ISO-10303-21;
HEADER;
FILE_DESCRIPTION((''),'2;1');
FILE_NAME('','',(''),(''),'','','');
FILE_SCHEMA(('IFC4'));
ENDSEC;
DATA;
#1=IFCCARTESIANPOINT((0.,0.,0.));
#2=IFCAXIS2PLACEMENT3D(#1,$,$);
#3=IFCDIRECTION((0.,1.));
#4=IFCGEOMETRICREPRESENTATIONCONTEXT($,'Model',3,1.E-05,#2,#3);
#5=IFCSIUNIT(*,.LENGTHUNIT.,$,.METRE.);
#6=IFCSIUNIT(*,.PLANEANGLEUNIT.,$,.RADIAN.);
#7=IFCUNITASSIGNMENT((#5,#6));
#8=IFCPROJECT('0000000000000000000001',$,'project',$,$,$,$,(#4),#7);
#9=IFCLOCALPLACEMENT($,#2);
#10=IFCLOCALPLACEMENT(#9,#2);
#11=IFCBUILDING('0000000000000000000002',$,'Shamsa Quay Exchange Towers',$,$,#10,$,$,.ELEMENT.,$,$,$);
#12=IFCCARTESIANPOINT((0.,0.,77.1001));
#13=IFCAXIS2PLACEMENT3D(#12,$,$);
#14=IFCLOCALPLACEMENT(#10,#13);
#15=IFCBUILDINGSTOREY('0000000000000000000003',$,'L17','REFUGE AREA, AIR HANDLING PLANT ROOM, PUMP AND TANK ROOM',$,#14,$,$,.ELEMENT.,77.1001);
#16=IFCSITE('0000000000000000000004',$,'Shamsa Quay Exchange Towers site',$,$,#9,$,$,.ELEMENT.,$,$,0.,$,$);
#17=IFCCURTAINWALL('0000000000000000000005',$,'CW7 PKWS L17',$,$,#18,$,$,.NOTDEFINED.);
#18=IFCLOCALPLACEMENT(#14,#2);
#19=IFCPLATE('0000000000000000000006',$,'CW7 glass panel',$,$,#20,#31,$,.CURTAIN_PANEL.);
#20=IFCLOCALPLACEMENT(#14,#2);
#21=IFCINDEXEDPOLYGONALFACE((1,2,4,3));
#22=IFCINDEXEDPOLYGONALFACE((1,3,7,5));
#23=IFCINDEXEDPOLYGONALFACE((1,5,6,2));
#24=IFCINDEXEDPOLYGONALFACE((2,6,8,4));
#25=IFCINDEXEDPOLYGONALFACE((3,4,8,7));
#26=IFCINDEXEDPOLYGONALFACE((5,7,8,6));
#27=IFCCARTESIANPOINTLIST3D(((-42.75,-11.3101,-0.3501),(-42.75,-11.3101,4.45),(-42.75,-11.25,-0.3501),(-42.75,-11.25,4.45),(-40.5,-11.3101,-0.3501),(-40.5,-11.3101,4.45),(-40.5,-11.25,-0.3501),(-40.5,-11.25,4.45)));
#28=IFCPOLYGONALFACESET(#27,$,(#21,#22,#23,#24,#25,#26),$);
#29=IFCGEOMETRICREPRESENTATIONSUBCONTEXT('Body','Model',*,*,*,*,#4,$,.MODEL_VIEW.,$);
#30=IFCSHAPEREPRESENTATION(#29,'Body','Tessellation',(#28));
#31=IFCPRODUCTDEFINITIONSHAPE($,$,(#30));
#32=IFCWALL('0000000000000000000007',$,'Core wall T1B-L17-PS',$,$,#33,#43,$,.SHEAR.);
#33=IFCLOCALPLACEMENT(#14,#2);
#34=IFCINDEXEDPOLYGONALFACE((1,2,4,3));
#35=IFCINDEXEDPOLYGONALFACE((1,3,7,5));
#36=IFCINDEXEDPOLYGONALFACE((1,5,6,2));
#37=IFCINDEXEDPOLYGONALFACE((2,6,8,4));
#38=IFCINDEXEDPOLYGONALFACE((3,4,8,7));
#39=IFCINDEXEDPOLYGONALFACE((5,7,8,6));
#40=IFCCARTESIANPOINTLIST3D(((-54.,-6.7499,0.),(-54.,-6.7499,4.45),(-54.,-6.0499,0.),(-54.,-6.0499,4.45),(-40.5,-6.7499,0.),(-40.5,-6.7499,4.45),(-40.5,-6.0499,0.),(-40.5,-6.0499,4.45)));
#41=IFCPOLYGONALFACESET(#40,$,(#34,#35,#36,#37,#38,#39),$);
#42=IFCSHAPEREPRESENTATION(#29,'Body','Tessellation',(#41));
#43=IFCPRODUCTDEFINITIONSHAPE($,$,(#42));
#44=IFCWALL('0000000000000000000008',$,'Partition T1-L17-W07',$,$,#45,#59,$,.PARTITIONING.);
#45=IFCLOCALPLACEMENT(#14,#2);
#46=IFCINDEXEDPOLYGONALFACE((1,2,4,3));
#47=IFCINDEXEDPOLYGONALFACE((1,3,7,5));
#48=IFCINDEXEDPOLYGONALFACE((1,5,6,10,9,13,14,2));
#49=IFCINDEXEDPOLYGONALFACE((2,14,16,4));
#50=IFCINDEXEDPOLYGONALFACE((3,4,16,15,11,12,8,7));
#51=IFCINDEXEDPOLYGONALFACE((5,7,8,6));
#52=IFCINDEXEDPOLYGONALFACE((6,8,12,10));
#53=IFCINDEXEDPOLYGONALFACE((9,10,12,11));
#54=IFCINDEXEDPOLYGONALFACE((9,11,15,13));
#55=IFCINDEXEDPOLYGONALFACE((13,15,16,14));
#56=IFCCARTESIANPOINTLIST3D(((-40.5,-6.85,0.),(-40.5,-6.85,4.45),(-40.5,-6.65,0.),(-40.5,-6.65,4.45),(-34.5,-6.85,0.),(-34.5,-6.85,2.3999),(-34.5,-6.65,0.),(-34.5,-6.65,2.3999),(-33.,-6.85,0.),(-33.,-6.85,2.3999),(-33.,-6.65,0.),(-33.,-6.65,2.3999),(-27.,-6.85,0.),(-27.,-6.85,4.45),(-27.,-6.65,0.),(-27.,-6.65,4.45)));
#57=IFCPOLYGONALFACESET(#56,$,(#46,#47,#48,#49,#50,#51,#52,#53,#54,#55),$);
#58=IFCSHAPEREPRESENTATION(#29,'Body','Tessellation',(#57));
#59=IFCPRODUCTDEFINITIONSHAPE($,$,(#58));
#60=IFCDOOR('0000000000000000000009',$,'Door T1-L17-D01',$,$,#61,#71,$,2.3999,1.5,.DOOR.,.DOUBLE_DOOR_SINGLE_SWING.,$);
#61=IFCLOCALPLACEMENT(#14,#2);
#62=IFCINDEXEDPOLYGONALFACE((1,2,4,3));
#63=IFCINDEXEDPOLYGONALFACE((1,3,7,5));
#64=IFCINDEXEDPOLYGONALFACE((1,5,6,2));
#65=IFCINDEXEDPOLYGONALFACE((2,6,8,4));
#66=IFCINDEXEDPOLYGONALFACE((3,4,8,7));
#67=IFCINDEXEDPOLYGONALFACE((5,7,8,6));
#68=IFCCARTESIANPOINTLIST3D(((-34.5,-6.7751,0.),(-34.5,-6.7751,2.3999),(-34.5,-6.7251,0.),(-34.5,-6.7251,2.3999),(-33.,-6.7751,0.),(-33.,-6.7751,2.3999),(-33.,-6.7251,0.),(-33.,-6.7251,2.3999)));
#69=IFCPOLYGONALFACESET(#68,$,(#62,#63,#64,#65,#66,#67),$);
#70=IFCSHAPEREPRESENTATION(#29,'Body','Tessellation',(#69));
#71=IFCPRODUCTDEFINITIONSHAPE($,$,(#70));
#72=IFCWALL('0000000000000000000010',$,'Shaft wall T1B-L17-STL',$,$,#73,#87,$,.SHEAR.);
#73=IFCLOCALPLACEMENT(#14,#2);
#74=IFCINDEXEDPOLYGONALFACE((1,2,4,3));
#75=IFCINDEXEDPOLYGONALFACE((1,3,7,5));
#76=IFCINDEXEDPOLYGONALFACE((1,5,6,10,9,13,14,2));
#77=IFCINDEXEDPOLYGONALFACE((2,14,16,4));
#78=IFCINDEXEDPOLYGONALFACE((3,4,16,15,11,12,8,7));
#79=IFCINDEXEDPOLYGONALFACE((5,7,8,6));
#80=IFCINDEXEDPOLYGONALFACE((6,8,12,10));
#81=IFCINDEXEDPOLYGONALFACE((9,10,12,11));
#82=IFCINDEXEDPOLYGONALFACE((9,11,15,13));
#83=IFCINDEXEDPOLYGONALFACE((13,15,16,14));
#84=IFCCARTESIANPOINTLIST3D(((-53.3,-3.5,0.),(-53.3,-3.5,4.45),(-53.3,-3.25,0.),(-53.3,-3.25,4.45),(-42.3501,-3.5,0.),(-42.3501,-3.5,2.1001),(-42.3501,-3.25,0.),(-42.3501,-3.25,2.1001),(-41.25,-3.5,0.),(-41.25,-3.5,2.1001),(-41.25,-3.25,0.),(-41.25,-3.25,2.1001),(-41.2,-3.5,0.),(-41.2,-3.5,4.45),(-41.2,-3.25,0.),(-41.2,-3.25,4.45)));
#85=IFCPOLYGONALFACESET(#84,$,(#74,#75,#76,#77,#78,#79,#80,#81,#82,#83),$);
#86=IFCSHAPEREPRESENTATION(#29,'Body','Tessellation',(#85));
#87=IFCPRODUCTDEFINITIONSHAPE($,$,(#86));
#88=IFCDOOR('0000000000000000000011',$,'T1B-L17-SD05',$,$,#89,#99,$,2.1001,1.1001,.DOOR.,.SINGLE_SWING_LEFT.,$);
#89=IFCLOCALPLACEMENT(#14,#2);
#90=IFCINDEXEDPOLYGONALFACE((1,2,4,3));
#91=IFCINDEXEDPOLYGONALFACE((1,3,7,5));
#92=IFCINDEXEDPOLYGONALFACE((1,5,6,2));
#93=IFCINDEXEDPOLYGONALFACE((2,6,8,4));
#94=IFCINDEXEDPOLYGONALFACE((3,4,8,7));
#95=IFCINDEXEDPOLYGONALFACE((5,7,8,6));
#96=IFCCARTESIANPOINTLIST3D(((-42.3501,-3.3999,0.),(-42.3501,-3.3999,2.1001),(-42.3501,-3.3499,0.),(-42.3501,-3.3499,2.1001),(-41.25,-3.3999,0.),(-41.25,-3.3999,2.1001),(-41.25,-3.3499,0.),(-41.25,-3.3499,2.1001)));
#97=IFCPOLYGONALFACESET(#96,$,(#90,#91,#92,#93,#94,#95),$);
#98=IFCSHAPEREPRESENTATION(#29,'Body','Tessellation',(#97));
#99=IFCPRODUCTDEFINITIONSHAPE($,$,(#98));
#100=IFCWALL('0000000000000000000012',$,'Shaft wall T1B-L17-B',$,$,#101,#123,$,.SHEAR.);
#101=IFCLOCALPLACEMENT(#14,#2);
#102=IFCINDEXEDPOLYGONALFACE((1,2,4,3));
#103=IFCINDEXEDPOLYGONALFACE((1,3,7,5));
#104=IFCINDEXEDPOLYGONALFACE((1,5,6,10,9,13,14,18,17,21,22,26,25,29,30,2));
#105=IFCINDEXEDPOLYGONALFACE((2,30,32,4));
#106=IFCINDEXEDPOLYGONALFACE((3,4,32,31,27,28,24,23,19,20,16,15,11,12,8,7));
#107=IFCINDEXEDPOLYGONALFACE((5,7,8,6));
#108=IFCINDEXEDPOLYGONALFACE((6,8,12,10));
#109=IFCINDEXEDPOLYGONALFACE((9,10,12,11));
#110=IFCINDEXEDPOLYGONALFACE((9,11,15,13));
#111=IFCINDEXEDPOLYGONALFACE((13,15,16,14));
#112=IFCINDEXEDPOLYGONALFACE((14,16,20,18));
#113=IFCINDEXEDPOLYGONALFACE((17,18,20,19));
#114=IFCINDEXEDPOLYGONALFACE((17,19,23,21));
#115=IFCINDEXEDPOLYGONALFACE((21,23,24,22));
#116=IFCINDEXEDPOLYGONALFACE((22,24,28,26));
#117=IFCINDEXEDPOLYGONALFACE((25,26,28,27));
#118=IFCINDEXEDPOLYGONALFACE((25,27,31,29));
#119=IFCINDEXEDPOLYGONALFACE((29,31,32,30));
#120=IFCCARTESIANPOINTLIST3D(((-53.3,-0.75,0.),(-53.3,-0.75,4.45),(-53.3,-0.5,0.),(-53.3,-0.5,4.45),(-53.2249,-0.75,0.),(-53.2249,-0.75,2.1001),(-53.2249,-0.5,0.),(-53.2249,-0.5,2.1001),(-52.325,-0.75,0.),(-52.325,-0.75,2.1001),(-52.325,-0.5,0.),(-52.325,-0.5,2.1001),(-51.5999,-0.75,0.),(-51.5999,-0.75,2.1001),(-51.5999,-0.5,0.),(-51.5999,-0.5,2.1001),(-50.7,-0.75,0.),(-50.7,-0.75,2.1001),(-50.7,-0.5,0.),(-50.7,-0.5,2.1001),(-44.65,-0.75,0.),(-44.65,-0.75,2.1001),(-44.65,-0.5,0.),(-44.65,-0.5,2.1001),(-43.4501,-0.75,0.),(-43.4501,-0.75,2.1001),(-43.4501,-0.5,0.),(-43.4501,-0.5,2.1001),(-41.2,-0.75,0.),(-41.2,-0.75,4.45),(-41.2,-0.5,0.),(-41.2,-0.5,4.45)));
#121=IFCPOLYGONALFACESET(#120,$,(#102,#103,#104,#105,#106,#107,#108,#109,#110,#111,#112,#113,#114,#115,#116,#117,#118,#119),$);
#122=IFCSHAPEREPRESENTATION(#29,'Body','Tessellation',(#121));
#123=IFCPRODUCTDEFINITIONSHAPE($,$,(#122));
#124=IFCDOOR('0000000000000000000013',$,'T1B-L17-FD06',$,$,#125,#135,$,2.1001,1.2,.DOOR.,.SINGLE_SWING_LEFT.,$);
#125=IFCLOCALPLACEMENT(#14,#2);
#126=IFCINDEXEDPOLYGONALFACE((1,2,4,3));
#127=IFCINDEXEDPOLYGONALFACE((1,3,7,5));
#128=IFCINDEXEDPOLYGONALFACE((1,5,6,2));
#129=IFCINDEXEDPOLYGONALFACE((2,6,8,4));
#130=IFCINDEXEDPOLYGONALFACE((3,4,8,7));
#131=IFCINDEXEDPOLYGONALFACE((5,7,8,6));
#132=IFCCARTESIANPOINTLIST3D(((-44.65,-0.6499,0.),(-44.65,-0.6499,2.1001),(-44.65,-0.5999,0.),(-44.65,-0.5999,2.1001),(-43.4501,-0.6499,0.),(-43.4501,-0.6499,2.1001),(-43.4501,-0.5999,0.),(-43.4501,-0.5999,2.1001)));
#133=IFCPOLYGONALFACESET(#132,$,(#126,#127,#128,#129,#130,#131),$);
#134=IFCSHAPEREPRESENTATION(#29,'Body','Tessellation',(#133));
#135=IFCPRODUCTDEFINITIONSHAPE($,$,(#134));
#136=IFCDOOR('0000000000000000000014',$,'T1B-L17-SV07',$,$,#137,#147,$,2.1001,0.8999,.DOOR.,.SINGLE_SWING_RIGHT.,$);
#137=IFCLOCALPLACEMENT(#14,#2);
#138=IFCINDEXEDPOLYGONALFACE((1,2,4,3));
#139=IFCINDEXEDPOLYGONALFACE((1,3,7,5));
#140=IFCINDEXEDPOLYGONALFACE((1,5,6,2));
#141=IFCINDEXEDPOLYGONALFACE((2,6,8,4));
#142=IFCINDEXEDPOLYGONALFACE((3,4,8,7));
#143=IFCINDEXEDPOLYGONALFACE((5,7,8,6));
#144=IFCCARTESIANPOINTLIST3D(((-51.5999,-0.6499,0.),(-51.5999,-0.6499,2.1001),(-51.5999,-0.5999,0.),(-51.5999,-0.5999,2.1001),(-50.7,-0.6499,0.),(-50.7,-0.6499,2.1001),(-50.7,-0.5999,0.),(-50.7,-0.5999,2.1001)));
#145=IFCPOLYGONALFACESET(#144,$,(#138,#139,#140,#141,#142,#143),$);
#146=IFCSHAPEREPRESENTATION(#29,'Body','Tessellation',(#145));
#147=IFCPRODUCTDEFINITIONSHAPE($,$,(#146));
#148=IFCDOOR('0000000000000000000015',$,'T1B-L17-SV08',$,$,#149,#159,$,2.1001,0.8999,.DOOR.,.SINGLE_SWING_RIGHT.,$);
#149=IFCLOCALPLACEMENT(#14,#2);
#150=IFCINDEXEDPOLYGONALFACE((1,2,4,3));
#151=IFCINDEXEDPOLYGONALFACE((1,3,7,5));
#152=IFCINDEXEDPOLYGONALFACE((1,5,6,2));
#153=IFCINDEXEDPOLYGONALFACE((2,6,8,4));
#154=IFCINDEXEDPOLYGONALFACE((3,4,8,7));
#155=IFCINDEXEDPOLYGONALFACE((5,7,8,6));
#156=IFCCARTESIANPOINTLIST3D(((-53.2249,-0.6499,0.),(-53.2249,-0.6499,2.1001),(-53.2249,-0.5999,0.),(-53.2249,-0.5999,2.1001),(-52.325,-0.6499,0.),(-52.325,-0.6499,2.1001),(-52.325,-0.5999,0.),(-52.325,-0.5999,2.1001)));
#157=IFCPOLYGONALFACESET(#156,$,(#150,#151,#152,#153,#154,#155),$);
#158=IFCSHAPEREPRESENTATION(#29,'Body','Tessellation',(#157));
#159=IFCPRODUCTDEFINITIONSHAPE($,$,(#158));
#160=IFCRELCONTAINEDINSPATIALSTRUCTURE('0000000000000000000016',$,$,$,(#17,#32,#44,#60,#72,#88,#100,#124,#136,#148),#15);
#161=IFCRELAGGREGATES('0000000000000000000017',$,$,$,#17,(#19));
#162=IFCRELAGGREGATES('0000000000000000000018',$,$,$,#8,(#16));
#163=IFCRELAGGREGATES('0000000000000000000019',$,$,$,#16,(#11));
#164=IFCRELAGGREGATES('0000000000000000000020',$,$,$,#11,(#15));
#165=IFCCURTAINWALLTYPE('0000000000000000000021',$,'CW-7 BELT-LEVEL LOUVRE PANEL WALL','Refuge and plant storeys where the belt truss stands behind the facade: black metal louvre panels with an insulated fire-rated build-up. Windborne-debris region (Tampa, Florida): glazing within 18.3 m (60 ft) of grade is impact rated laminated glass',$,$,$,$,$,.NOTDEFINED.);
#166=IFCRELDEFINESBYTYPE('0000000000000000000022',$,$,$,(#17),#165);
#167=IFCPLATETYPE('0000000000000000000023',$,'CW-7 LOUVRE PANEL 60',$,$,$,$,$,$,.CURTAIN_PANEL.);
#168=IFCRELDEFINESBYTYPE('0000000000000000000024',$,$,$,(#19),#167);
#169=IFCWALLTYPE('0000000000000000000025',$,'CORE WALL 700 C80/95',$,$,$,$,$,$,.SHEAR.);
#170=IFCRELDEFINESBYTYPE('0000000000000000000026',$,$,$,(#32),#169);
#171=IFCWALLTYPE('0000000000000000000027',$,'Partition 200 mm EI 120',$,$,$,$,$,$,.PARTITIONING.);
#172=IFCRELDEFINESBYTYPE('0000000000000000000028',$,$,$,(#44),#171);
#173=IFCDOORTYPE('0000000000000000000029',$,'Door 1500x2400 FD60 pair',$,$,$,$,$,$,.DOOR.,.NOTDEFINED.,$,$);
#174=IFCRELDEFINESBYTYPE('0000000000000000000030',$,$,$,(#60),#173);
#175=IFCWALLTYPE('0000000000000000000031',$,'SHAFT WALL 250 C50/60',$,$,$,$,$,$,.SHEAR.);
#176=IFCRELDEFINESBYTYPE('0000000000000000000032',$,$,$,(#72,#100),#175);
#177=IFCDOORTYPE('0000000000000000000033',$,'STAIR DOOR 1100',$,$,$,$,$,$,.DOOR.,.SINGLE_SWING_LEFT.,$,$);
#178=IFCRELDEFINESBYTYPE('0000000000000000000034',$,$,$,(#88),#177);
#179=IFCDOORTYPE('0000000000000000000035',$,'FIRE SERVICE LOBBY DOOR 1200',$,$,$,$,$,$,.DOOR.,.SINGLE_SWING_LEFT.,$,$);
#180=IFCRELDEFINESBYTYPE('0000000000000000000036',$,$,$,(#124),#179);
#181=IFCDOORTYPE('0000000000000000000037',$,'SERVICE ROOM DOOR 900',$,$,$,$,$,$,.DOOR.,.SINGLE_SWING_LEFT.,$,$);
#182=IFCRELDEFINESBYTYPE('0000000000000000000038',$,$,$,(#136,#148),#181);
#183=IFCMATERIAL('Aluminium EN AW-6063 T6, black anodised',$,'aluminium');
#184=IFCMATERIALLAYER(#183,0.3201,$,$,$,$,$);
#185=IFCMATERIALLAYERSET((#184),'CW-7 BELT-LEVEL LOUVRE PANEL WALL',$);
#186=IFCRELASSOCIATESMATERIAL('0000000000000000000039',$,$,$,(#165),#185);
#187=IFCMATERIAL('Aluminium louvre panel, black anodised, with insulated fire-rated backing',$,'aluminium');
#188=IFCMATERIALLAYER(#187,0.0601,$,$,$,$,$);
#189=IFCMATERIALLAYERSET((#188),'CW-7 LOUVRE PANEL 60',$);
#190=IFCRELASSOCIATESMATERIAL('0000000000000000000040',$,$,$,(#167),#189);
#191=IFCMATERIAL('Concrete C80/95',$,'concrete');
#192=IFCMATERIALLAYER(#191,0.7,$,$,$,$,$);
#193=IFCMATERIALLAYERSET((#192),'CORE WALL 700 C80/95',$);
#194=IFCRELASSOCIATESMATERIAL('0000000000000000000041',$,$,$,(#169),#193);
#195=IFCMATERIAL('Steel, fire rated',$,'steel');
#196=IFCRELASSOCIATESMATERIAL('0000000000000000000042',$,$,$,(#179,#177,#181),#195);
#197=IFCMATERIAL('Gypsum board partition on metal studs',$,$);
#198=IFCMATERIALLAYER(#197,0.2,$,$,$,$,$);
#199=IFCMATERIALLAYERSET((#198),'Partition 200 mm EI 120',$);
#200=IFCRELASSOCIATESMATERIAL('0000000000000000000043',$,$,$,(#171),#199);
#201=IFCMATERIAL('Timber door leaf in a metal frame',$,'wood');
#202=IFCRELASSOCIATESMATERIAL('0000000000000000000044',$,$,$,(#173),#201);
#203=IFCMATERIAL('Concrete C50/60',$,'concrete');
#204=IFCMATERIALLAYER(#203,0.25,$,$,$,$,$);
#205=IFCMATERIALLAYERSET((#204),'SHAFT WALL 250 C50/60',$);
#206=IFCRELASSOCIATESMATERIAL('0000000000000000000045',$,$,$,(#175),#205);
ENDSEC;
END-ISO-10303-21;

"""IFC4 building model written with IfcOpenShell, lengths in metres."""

from ifc_helpers import new_model, si_unit, direction, frame, frame_2d, origin, origin_2d, place, context, subcontext, project, spatial, rectangle, extrude, material, layer, layer_set, type_object, element, fill, aggregate, save


model = new_model("IFC4")

# Units and contexts
model_context = context("Model", 3, precision=1e-05, world=origin(), true_north=direction((0.0, 1.0)))
body_context = subcontext(model_context, "Body", "Model", "MODEL_VIEW")
ifc_project = project(units=[si_unit("LENGTHUNIT", "METRE"), si_unit("PLANEANGLEUNIT", "RADIAN")], contexts=[model_context])

# Site, building, storey
site_placement = place(None, origin())
site = spatial("IfcSite", under=ifc_project, at=site_placement, Name="Shamsa Quay Exchange Towers site", CompositionType="ELEMENT", RefElevation=0.0)
building_placement = place(site_placement, origin())
building = spatial("IfcBuilding", under=site, at=building_placement, Name="Shamsa Quay Exchange Towers", CompositionType="ELEMENT")
storey_placement = place(building_placement, frame((0.0, 0.0, 77.1001)))
storey = spatial("IfcBuildingStorey", under=building, at=storey_placement, Name="L17", Description="REFUGE AREA, AIR HANDLING PLANT ROOM, PUMP AND TANK ROOM", CompositionType="ELEMENT", Elevation=77.1001)

# Shared definitions
ifc_material_1 = material(Name="Aluminium EN AW-6063 T6, black anodised", Category="aluminium")
ifc_layer_1 = layer(ifc_material_1, 0.3201)
ifc_layer_set_1 = layer_set([ifc_layer_1], Name="CW-7 BELT-LEVEL LOUVRE PANEL WALL")
curtain_wall_type = type_object("IfcCurtainWallType", Name="CW-7 BELT-LEVEL LOUVRE PANEL WALL", Description="Refuge and plant storeys where the belt truss stands behind the facade: black metal louvre panels with an insulated fire-rated build-up. Windborne-debris region (Tampa, Florida): glazing within 18.3 m (60 ft) of grade is impact rated laminated glass", PredefinedType="NOTDEFINED", material=ifc_layer_set_1)
ifc_material_2 = material(Name="Aluminium louvre panel, black anodised, with insulated fire-rated backing", Category="aluminium")
ifc_layer_2 = layer(ifc_material_2, 0.0601)
ifc_layer_set_2 = layer_set([ifc_layer_2], Name="CW-7 LOUVRE PANEL 60")
plate_type = type_object("IfcPlateType", Name="CW-7 LOUVRE PANEL 60", PredefinedType="CURTAIN_PANEL", material=ifc_layer_set_2)

# Curtain wall, plate
curtain_wall_1_placement = place(storey_placement, origin())
curtain_wall_1 = element("IfcCurtainWall", 1, at=curtain_wall_1_placement, inside=storey, type_object=curtain_wall_type, Name="CW7 PKWS L17", PredefinedType="NOTDEFINED")
plate_1_placement = place(storey_placement, frame((-41.625, -11.28, -0.3501)))
plate_1 = element("IfcPlate", 2, at=plate_1_placement, type_object=plate_type, Name="CW7 glass panel", PredefinedType="CURTAIN_PANEL", context=body_context, shape_type="SweptSolid", body=[
    extrude(rectangle(XDim=2.25, YDim=0.0601, at=origin_2d()), origin(), (0.0, 0.0, 1.0), 4.8),
])
aggregate(curtain_wall_1, [plate_1])

# Wall
ifc_material_3 = material(Name="Concrete C80/95", Category="concrete")
ifc_layer_3 = layer(ifc_material_3, 0.7)
ifc_layer_set_3 = layer_set([ifc_layer_3], Name="CORE WALL 700 C80/95")
wall_type_1 = type_object("IfcWallType", Name="CORE WALL 700 C80/95", PredefinedType="SHEAR", material=ifc_layer_set_3)
wall_1_placement = place(storey_placement, frame((-40.5, -6.3999, 0.0), z_axis=(0.0, 0.0, 1.0), x_axis=(-1.0, 0.0, 0.0)))
element("IfcWall", 3, at=wall_1_placement, inside=storey, type_object=wall_type_1, Name="Core wall T1B-L17-PS", PredefinedType="SHEAR", context=body_context, shape_type="SweptSolid", body=[
    extrude(rectangle(XDim=13.5, YDim=0.7, at=frame_2d((6.75, 0.0))), origin(), (0.0, 0.0, 1.0), 4.45),
])

# Shared definitions
ifc_material_4 = material(Name="Steel, fire rated", Category="steel")
door_type_1 = type_object("IfcDoorType", Name="FIRE SERVICE LOBBY DOOR 1200", OperationType="SINGLE_SWING_LEFT", PredefinedType="DOOR", material=ifc_material_4)

# Walls, openings, doors
ifc_material_5 = material(Name="Gypsum board partition on metal studs")
ifc_layer_4 = layer(ifc_material_5, 0.2)
ifc_layer_set_4 = layer_set([ifc_layer_4], Name="Partition 200 mm EI 120")
wall_type_2 = type_object("IfcWallType", Name="Partition 200 mm EI 120", PredefinedType="PARTITIONING", material=ifc_layer_set_4)
wall_2_placement = place(storey_placement, frame((-40.5, -6.75, 0.0)))
wall_2 = element("IfcWall", 4, at=wall_2_placement, inside=storey, type_object=wall_type_2, Name="Partition T1-L17-W07", PredefinedType="PARTITIONING", context=body_context, shape_type="SweptSolid", body=[
    extrude(rectangle(XDim=13.5, YDim=0.2, at=frame_2d((6.75, 0.0))), origin(), (0.0, 0.0, 1.0), 4.45),
])
opening_1_placement = place(wall_2_placement, frame((6.0, 0.0, 0.0)))
opening_1 = element("IfcOpeningElement", 5, at=opening_1_placement, cuts=wall_2, PredefinedType="OPENING", context=body_context, shape_type="SweptSolid", body=[
    extrude(rectangle(XDim=1.5, YDim=2.3999, at=frame_2d((0.75, 1.2))), frame((0.0, 0.1099, 0.0), z_axis=(0.0, -1.0, 0.0), x_axis=(1.0, 0.0, 0.0)), (0.0, 0.0, 1.0), 0.22),
])
ifc_material_6 = material(Name="Timber door leaf in a metal frame", Category="wood")
door_type_2 = type_object("IfcDoorType", Name="Door 1500x2400 FD60 pair", OperationType="NOTDEFINED", PredefinedType="DOOR", material=ifc_material_6)
door_1_placement = place(opening_1_placement, origin())
door_1 = element("IfcDoor", 6, at=door_1_placement, inside=storey, type_object=door_type_2, Name="Door T1-L17-D01", OperationType="DOUBLE_DOOR_SINGLE_SWING", OverallHeight=2.3999, OverallWidth=1.5, PredefinedType="DOOR", context=body_context, shape_type="SweptSolid", body=[
    extrude(rectangle(XDim=1.5, YDim=2.3999, at=frame_2d((0.75, 1.2))), frame((0.0, 0.0249, 0.0), z_axis=(0.0, -1.0, 0.0), x_axis=(1.0, 0.0, 0.0)), (0.0, 0.0, 1.0), 0.05),
])
fill(opening_1, door_1)
ifc_material_7 = material(Name="Concrete C50/60", Category="concrete")
ifc_layer_5 = layer(ifc_material_7, 0.25)
ifc_layer_set_5 = layer_set([ifc_layer_5], Name="SHAFT WALL 250 C50/60")
wall_type_3 = type_object("IfcWallType", Name="SHAFT WALL 250 C50/60", PredefinedType="SHEAR", material=ifc_layer_set_5)
wall_3_placement = place(storey_placement, frame((-41.2, -3.375, 0.0), z_axis=(0.0, 0.0, 1.0), x_axis=(-1.0, 0.0, 0.0)))
wall_3 = element("IfcWall", 7, at=wall_3_placement, inside=storey, type_object=wall_type_3, Name="Shaft wall T1B-L17-STL", PredefinedType="SHEAR", context=body_context, shape_type="SweptSolid", body=[
    extrude(rectangle(XDim=12.1001, YDim=0.25, at=frame_2d((6.05, 0.0))), origin(), (0.0, 0.0, 1.0), 4.45),
])
opening_2_placement = place(wall_3_placement, frame((0.05, 0.0, 0.0)))
opening_2 = element("IfcOpeningElement", 8, at=opening_2_placement, cuts=wall_3, PredefinedType="OPENING", context=body_context, shape_type="SweptSolid", body=[
    extrude(rectangle(XDim=1.1001, YDim=2.1001, at=frame_2d((0.55, 1.05))), frame((0.0, 0.135, 0.0), z_axis=(0.0, -1.0, 0.0), x_axis=(1.0, 0.0, 0.0)), (0.0, 0.0, 1.0), 0.27),
])
door_type_3 = type_object("IfcDoorType", Name="STAIR DOOR 1100", OperationType="SINGLE_SWING_LEFT", PredefinedType="DOOR", material=ifc_material_4)
door_2_placement = place(opening_2_placement, origin())
door_2 = element("IfcDoor", 9, at=door_2_placement, inside=storey, type_object=door_type_3, Name="T1B-L17-SD05", OperationType="SINGLE_SWING_LEFT", OverallHeight=2.1001, OverallWidth=1.1001, PredefinedType="DOOR", context=body_context, shape_type="SweptSolid", body=[
    extrude(rectangle(XDim=1.1001, YDim=2.1001, at=frame_2d((0.55, 1.05))), frame((0.0, 0.0249, 0.0), z_axis=(0.0, -1.0, 0.0), x_axis=(1.0, 0.0, 0.0)), (0.0, 0.0, 1.0), 0.05),
])
fill(opening_2, door_2)

# Wall, openings, doors
wall_4_placement = place(storey_placement, frame((-41.2, -0.625, 0.0), z_axis=(0.0, 0.0, 1.0), x_axis=(-1.0, 0.0, 0.0)))
wall_4 = element("IfcWall", 10, at=wall_4_placement, inside=storey, type_object=wall_type_3, Name="Shaft wall T1B-L17-B", PredefinedType="SHEAR", context=body_context, shape_type="SweptSolid", body=[
    extrude(rectangle(XDim=12.1001, YDim=0.25, at=frame_2d((6.05, 0.0))), origin(), (0.0, 0.0, 1.0), 4.45),
])
opening_3_placement = place(wall_4_placement, frame((2.25, 0.0, 0.0)))
opening_3 = element("IfcOpeningElement", 11, at=opening_3_placement, cuts=wall_4, PredefinedType="OPENING", context=body_context, shape_type="SweptSolid", body=[
    extrude(rectangle(XDim=1.2, YDim=2.1001, at=frame_2d((0.6001, 1.05))), frame((0.0, 0.135, 0.0), z_axis=(0.0, -1.0, 0.0), x_axis=(1.0, 0.0, 0.0)), (0.0, 0.0, 1.0), 0.27),
])
opening_4_placement = place(wall_4_placement, frame((9.5, 0.0, 0.0)))
opening_4 = element("IfcOpeningElement", 12, at=opening_4_placement, cuts=wall_4, PredefinedType="OPENING", context=body_context, shape_type="SweptSolid", body=[
    extrude(rectangle(XDim=0.8999, YDim=2.1001, at=frame_2d((0.45, 1.05))), frame((0.0, 0.135, 0.0), z_axis=(0.0, -1.0, 0.0), x_axis=(1.0, 0.0, 0.0)), (0.0, 0.0, 1.0), 0.27),
])
opening_5_placement = place(wall_4_placement, frame((11.125, 0.0, 0.0)))
opening_5 = element("IfcOpeningElement", 13, at=opening_5_placement, cuts=wall_4, PredefinedType="OPENING", context=body_context, shape_type="SweptSolid", body=[
    extrude(rectangle(XDim=0.8999, YDim=2.1001, at=frame_2d((0.45, 1.05))), frame((0.0, 0.135, 0.0), z_axis=(0.0, -1.0, 0.0), x_axis=(1.0, 0.0, 0.0)), (0.0, 0.0, 1.0), 0.27),
])
door_3_placement = place(opening_3_placement, origin())
door_3 = element("IfcDoor", 14, at=door_3_placement, inside=storey, type_object=door_type_1, Name="T1B-L17-FD06", OperationType="SINGLE_SWING_LEFT", OverallHeight=2.1001, OverallWidth=1.2, PredefinedType="DOOR", context=body_context, shape_type="SweptSolid", body=[
    extrude(rectangle(XDim=1.2, YDim=2.1001, at=frame_2d((0.6001, 1.05))), frame((0.0, 0.0249, 0.0), z_axis=(0.0, -1.0, 0.0), x_axis=(1.0, 0.0, 0.0)), (0.0, 0.0, 1.0), 0.05),
])
fill(opening_3, door_3)
door_type_4 = type_object("IfcDoorType", Name="SERVICE ROOM DOOR 900", OperationType="SINGLE_SWING_LEFT", PredefinedType="DOOR", material=ifc_material_4)
door_4_placement = place(opening_4_placement, origin())
door_4 = element("IfcDoor", 15, at=door_4_placement, inside=storey, type_object=door_type_4, Name="T1B-L17-SV07", OperationType="SINGLE_SWING_RIGHT", OverallHeight=2.1001, OverallWidth=0.8999, PredefinedType="DOOR", context=body_context, shape_type="SweptSolid", body=[
    extrude(rectangle(XDim=0.8999, YDim=2.1001, at=frame_2d((0.45, 1.05))), frame((0.0, 0.0249, 0.0), z_axis=(0.0, -1.0, 0.0), x_axis=(1.0, 0.0, 0.0)), (0.0, 0.0, 1.0), 0.05),
])
fill(opening_4, door_4)
door_5_placement = place(opening_5_placement, origin())
door_5 = element("IfcDoor", 16, at=door_5_placement, inside=storey, type_object=door_type_4, Name="T1B-L17-SV08", OperationType="SINGLE_SWING_RIGHT", OverallHeight=2.1001, OverallWidth=0.8999, PredefinedType="DOOR", context=body_context, shape_type="SweptSolid", body=[
    extrude(rectangle(XDim=0.8999, YDim=2.1001, at=frame_2d((0.45, 1.05))), frame((0.0, 0.0249, 0.0), z_axis=(0.0, -1.0, 0.0), x_axis=(1.0, 0.0, 0.0)), (0.0, 0.0, 1.0), 0.05),
])
fill(opening_5, door_5)

save(model, "model.ifc")
